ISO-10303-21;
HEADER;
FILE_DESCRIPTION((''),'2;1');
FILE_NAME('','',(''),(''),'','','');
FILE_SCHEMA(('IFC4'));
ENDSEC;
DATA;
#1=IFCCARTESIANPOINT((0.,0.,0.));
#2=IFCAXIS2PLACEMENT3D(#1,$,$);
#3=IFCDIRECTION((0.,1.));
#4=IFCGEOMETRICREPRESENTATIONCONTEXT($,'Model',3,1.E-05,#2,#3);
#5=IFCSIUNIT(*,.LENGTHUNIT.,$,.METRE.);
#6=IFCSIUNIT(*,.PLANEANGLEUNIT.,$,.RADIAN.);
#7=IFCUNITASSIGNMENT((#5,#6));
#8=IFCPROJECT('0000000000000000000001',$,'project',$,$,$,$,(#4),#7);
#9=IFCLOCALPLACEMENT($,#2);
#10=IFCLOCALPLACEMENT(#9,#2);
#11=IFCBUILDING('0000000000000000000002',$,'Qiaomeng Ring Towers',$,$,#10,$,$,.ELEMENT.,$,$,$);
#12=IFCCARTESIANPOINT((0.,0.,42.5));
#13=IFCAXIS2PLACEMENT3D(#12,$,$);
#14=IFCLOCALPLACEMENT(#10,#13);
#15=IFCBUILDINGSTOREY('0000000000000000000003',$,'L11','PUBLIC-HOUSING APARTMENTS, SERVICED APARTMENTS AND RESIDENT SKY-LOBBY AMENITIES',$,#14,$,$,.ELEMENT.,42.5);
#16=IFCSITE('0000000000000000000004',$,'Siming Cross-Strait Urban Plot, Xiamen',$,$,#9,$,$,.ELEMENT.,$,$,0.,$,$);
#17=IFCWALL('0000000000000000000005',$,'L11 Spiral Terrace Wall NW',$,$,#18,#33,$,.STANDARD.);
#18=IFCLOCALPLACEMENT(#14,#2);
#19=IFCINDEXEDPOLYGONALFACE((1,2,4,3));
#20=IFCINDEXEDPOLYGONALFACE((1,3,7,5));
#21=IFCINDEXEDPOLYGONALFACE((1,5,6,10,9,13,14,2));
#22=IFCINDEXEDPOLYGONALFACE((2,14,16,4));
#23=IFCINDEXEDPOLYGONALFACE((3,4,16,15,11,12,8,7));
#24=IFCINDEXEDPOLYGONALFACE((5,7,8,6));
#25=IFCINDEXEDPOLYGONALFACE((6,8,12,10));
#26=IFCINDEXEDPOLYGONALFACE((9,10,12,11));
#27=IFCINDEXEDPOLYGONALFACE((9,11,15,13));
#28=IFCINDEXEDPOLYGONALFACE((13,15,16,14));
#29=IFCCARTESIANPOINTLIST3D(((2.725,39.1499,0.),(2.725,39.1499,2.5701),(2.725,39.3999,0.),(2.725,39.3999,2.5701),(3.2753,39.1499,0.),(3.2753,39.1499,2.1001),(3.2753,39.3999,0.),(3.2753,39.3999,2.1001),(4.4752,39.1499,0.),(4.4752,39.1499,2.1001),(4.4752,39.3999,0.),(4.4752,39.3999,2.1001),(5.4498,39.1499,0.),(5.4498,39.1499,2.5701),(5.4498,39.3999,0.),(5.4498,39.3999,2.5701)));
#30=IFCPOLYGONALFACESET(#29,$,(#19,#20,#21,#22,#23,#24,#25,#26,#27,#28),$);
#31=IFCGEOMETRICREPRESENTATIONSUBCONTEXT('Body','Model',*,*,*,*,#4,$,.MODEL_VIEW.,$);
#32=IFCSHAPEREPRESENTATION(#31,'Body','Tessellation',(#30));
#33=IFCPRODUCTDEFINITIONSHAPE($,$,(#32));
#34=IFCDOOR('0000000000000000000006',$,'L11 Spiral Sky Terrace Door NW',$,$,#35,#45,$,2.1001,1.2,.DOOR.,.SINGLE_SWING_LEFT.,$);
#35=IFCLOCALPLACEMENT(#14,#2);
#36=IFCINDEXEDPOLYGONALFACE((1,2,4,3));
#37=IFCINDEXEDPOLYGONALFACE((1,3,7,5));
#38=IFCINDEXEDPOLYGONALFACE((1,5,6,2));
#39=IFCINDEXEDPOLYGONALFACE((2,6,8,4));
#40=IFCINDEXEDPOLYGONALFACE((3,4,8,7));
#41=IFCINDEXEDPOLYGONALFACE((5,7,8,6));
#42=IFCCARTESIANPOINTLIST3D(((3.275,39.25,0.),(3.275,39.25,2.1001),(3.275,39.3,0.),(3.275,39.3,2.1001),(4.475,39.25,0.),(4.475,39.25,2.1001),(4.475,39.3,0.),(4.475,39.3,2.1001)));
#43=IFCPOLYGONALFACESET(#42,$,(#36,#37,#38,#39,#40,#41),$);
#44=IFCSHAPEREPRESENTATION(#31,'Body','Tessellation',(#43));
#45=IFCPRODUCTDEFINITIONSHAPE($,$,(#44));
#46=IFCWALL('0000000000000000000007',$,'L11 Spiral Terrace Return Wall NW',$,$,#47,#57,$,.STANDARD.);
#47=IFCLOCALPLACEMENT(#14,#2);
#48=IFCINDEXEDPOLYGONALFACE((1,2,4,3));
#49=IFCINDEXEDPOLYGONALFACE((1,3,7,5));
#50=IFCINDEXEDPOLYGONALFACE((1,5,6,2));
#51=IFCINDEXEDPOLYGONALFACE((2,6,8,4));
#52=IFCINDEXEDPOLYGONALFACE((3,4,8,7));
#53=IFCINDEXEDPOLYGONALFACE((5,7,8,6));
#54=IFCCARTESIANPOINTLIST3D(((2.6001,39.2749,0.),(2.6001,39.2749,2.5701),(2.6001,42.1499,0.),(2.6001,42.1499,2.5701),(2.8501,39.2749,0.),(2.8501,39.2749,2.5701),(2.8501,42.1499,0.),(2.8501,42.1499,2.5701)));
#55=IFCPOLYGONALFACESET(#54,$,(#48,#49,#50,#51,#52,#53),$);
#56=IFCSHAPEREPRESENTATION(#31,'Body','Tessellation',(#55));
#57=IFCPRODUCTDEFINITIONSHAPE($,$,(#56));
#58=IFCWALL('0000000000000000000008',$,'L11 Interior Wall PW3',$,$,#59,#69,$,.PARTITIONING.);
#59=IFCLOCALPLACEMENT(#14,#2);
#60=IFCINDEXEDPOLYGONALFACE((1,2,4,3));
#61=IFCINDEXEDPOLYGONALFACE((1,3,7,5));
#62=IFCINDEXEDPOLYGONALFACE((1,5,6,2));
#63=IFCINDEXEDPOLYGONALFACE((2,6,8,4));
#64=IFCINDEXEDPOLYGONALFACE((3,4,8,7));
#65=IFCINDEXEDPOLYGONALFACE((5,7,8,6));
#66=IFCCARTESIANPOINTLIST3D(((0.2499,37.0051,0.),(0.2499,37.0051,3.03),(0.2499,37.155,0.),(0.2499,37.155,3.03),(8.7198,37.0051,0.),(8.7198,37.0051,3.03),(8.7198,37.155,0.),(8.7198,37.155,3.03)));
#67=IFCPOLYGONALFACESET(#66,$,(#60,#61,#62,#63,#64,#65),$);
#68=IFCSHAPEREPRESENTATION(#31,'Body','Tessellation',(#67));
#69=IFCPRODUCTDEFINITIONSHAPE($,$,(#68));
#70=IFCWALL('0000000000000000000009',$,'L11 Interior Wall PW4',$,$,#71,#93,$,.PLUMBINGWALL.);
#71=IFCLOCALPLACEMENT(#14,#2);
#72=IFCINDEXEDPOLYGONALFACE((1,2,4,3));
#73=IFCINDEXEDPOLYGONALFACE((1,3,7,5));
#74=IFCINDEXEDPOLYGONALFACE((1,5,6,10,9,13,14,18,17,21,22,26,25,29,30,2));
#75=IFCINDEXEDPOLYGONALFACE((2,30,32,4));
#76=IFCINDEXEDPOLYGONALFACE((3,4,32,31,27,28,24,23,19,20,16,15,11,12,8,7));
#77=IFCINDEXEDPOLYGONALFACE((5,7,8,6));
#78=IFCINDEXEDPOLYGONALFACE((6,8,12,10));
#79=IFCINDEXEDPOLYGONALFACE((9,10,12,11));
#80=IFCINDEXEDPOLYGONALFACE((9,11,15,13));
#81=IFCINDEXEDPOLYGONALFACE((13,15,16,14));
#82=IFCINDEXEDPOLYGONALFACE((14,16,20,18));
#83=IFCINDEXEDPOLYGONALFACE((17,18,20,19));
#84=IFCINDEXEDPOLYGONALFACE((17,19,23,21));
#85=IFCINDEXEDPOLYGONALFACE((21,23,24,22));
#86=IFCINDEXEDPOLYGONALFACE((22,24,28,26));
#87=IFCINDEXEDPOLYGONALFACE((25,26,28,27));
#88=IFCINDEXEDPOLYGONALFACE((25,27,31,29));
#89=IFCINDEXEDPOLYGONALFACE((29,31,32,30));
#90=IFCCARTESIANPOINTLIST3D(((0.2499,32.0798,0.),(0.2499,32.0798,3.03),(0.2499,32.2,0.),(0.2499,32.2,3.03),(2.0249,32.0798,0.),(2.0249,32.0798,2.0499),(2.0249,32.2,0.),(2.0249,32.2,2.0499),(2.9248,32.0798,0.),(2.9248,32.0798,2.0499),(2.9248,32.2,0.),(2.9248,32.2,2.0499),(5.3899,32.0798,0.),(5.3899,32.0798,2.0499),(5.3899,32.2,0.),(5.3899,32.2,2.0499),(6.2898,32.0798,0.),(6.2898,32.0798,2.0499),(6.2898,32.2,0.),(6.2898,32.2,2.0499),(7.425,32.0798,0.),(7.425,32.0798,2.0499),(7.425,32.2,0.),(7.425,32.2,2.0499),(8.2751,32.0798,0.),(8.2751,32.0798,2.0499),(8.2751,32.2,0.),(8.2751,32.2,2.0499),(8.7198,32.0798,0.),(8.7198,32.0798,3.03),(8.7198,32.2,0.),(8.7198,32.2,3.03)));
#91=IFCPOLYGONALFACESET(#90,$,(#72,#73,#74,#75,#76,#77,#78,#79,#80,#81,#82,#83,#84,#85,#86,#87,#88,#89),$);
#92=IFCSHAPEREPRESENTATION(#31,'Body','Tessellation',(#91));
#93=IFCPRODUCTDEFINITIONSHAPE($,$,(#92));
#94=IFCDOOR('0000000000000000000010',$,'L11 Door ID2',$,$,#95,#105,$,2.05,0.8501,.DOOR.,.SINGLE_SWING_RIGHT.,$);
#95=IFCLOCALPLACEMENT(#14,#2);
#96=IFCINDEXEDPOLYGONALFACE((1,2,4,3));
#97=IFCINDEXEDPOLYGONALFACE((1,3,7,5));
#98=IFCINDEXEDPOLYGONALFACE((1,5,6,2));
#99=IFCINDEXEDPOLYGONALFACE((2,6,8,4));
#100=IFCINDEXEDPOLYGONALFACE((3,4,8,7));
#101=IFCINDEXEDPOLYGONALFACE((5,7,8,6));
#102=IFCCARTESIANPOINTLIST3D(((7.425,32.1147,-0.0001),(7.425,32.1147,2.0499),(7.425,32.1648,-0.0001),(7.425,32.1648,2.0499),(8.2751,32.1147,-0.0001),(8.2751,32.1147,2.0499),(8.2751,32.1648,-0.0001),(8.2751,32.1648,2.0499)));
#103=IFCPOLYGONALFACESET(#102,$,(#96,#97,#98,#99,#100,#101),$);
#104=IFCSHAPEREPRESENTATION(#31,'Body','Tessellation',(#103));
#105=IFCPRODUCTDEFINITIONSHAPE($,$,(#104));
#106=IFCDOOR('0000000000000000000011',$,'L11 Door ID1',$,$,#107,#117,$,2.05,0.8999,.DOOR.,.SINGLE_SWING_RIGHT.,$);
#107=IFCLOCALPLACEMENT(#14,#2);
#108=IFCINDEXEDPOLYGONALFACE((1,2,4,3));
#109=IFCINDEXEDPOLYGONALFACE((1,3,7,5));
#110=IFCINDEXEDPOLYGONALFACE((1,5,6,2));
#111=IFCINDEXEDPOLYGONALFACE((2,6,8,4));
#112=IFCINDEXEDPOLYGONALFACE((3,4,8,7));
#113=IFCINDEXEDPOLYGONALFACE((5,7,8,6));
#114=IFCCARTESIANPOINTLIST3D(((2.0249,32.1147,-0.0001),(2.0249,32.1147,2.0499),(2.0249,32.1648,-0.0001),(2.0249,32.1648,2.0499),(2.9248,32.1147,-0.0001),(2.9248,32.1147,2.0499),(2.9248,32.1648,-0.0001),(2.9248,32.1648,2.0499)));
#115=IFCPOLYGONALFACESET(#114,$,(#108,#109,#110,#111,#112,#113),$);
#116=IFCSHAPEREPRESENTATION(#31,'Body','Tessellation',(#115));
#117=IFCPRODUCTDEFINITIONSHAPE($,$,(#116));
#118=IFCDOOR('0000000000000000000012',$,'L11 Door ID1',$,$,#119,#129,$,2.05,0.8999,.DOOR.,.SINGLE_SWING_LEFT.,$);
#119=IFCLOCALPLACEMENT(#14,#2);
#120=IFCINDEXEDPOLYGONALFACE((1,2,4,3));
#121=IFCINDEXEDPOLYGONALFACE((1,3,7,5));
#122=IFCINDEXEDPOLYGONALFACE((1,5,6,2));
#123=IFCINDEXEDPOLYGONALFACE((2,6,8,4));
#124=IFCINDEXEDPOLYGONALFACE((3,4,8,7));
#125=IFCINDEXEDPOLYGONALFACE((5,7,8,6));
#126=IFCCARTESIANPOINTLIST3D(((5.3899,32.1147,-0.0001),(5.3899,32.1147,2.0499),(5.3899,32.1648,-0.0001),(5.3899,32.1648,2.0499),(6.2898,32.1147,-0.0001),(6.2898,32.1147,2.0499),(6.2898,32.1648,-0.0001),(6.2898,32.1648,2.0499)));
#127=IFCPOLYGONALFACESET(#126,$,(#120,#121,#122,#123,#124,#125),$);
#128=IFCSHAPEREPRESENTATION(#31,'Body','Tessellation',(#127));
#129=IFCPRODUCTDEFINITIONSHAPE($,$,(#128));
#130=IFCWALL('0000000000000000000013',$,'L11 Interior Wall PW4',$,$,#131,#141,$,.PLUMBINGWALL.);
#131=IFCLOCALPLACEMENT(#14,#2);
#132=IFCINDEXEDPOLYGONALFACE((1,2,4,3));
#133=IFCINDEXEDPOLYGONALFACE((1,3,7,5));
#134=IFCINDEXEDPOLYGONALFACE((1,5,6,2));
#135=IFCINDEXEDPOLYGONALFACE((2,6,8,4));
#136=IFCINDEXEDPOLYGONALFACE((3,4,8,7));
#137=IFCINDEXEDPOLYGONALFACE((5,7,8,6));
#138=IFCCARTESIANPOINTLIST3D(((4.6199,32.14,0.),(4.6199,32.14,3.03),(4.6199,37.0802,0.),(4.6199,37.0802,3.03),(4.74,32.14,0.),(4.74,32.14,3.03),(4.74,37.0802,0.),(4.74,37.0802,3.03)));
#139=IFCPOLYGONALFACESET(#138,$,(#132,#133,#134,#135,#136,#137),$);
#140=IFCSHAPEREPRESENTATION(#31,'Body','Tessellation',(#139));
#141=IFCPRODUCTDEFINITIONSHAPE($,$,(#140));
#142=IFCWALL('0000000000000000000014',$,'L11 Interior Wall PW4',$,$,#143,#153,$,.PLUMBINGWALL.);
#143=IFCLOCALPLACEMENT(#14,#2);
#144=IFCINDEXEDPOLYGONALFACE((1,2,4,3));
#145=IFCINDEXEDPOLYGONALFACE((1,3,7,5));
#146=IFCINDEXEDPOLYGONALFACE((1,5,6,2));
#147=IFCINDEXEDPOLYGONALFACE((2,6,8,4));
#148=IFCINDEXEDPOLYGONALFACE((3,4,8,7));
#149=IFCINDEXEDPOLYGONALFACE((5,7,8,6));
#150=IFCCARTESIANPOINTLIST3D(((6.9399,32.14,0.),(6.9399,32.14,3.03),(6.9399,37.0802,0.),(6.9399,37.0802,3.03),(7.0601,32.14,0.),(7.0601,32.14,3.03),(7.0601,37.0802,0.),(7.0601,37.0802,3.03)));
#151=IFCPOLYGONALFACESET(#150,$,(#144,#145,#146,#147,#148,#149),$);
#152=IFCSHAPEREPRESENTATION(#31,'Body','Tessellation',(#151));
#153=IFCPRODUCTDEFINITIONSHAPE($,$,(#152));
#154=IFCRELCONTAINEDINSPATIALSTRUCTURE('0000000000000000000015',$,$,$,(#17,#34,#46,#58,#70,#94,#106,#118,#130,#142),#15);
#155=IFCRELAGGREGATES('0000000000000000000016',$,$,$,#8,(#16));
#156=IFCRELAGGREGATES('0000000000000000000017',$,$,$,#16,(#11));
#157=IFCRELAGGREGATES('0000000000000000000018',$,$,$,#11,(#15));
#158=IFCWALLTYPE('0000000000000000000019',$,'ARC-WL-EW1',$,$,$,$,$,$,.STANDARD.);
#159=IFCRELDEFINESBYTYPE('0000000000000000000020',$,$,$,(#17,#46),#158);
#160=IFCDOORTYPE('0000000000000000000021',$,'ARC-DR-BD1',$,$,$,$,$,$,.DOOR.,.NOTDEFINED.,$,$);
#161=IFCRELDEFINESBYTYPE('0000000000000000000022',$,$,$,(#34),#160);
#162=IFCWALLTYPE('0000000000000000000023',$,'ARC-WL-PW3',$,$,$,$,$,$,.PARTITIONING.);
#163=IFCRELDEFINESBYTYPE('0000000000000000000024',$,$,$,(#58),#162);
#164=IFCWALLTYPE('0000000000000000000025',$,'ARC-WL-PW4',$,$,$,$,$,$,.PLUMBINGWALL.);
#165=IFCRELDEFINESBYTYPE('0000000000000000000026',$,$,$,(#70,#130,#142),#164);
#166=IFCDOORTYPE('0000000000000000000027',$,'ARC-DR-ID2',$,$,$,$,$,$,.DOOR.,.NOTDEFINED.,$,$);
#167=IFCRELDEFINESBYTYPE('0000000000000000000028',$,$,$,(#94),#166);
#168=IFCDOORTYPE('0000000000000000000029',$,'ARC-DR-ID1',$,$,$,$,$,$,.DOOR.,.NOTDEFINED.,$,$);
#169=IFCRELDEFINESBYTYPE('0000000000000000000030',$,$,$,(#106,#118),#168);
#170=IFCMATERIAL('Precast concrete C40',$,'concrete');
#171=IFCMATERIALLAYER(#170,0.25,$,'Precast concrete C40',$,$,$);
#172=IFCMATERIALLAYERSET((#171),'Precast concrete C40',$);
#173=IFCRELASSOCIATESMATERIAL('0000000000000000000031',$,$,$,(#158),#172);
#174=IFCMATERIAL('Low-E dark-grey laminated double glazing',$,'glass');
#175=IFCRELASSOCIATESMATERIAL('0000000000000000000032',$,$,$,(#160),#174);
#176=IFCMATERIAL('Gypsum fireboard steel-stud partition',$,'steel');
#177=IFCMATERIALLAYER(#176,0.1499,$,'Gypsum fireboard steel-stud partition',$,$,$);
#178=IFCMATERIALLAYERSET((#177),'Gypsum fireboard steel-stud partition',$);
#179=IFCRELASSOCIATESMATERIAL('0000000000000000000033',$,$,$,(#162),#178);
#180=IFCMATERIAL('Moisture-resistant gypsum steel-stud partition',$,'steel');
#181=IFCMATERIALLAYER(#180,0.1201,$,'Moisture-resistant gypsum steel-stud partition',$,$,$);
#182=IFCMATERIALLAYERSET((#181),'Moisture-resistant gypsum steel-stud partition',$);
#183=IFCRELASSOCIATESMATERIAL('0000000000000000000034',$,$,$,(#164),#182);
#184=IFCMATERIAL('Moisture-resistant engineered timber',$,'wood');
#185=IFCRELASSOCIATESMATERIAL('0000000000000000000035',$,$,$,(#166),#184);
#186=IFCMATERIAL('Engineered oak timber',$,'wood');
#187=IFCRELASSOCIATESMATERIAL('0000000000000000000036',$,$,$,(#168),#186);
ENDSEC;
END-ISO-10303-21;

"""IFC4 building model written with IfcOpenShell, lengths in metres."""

from ifc_helpers import new_model, si_unit, direction, frame, frame_2d, origin, place, context, subcontext, project, spatial, rectangle, extrude, source, transform, mapped, material, layer, layer_set, type_object, element, fill, save


model = new_model("IFC4")

# Units and contexts
model_context = context("Model", 3, precision=1e-05, world=origin(), true_north=direction((0.0, 1.0)))
body_context = subcontext(model_context, "Body", "Model", "MODEL_VIEW")
ifc_project = project(units=[si_unit("LENGTHUNIT", "METRE"), si_unit("PLANEANGLEUNIT", "RADIAN")], contexts=[model_context])

# Site, building, storey
site_placement = place(None, origin())
site = spatial("IfcSite", under=ifc_project, at=site_placement, Name="Siming Cross-Strait Urban Plot, Xiamen", CompositionType="ELEMENT", RefElevation=0.0)
building_placement = place(site_placement, origin())
building = spatial("IfcBuilding", under=site, at=building_placement, Name="Qiaomeng Ring Towers", CompositionType="ELEMENT")
storey_placement = place(building_placement, frame((0.0, 0.0, 42.5)))
storey = spatial("IfcBuildingStorey", under=building, at=storey_placement, Name="L11", Description="PUBLIC-HOUSING APARTMENTS, SERVICED APARTMENTS AND RESIDENT SKY-LOBBY AMENITIES", CompositionType="ELEMENT", Elevation=42.5)

# Shared definitions
ifc_material_1 = material(Name="Precast concrete C40", Category="concrete")
ifc_layer_1 = layer(ifc_material_1, 0.25, Name="Precast concrete C40")
ifc_layer_set_1 = layer_set([ifc_layer_1], Name="Precast concrete C40")
wall_type_1 = type_object("IfcWallType", Name="ARC-WL-EW1", PredefinedType="STANDARD", material=ifc_layer_set_1)
ifc_material_2 = material(Name="Low-E dark-grey laminated double glazing", Category="glass")
door_type_1 = type_object("IfcDoorType", Name="ARC-DR-BD1", OperationType="NOTDEFINED", PredefinedType="DOOR", material=ifc_material_2)
shared_shape_1 = source(origin(), body_context, "Body", "SweptSolid", [
    extrude(rectangle(XDim=1.2, YDim=2.1001, at=frame_2d((0.6001, 1.05))), frame((0.0, 0.0249, 0.0), z_axis=(0.0, -1.0, 0.0), x_axis=(1.0, 0.0, 0.0)), (0.0, 0.0, 1.0), 0.05),
])

# Wall, opening, door
wall_1_placement = place(storey_placement, frame((2.7251, 39.2749, 0.0), z_axis=(0.0, 0.0, 1.0), x_axis=(1.0, 0.0, 0.0)))
wall_1 = element("IfcWall", 1, at=wall_1_placement, inside=storey, type_object=wall_type_1, Name="L11 Spiral Terrace Wall NW", PredefinedType="STANDARD", context=body_context, shape_type="SweptSolid", body=[
    extrude(rectangle(XDim=2.7249, YDim=0.25, at=frame_2d((1.3623, 0.0))), origin(), (0.0, 0.0, 1.0), 2.5701),
])
opening_1_placement = place(wall_1_placement, frame((0.55, 0.0, 0.0)))
opening_1 = element("IfcOpeningElement", 2, at=opening_1_placement, cuts=wall_1, PredefinedType="OPENING", context=body_context, shape_type="SweptSolid", body=[
    extrude(rectangle(XDim=1.2, YDim=2.1001, at=frame_2d((0.6001, 1.05))), frame((0.0, 0.135, 0.0), z_axis=(0.0, -1.0, 0.0), x_axis=(1.0, 0.0, 0.0)), (0.0, 0.0, 1.0), 0.27),
])
door_1_placement = place(opening_1_placement, frame((1.2, 0.0, 0.0), z_axis=(0.0, 0.0, 1.0), x_axis=(-1.0, 0.0, 0.0)))
door_1 = element("IfcDoor", 3, at=door_1_placement, inside=storey, type_object=door_type_1, Name="L11 Spiral Sky Terrace Door NW", OperationType="SINGLE_SWING_LEFT", OverallHeight=2.1001, OverallWidth=1.2, PredefinedType="DOOR", context=body_context, shape_type="MappedRepresentation", body=[
    mapped(shared_shape_1, transform((0.0, 0.0, 0.0), x_axis=(1.0, 0.0, 0.0), y_axis=(0.0, 1.0, 0.0), z_axis=(0.0, 0.0, 1.0), scale=1.0)),
])
fill(opening_1, door_1)

# Walls
wall_2_placement = place(storey_placement, frame((2.7251, 39.2749, 0.0), z_axis=(0.0, 0.0, 1.0), x_axis=(0.0, 1.0, 0.0)))
element("IfcWall", 4, at=wall_2_placement, inside=storey, type_object=wall_type_1, Name="L11 Spiral Terrace Return Wall NW", PredefinedType="STANDARD", context=body_context, shape_type="SweptSolid", body=[
    extrude(rectangle(XDim=2.875, YDim=0.25, at=frame_2d((1.4375, 0.0))), origin(), (0.0, 0.0, 1.0), 2.5701),
])
ifc_material_3 = material(Name="Gypsum fireboard steel-stud partition", Category="steel")
ifc_layer_2 = layer(ifc_material_3, 0.1499, Name="Gypsum fireboard steel-stud partition")
ifc_layer_set_2 = layer_set([ifc_layer_2], Name="Gypsum fireboard steel-stud partition")
wall_type_2 = type_object("IfcWallType", Name="ARC-WL-PW3", PredefinedType="PARTITIONING", material=ifc_layer_set_2)
wall_3_placement = place(storey_placement, frame((0.25, 37.0801, 0.0), z_axis=(0.0, 0.0, 1.0), x_axis=(1.0, 0.0, 0.0)))
element("IfcWall", 5, at=wall_3_placement, inside=storey, type_object=wall_type_2, Name="L11 Interior Wall PW3", PredefinedType="PARTITIONING", context=body_context, shape_type="SweptSolid", body=[
    extrude(rectangle(XDim=8.47, YDim=0.1499, at=frame_2d((4.2349, 0.0))), origin(), (0.0, 0.0, 1.0), 3.03),
])

# Wall, openings, doors
ifc_material_4 = material(Name="Moisture-resistant gypsum steel-stud partition", Category="steel")
ifc_layer_3 = layer(ifc_material_4, 0.1201, Name="Moisture-resistant gypsum steel-stud partition")
ifc_layer_set_3 = layer_set([ifc_layer_3], Name="Moisture-resistant gypsum steel-stud partition")
wall_type_3 = type_object("IfcWallType", Name="ARC-WL-PW4", PredefinedType="PLUMBINGWALL", material=ifc_layer_set_3)
wall_4_placement = place(storey_placement, frame((0.25, 32.1399, 0.0), z_axis=(0.0, 0.0, 1.0), x_axis=(1.0, 0.0, 0.0)))
wall_4 = element("IfcWall", 6, at=wall_4_placement, inside=storey, type_object=wall_type_3, Name="L11 Interior Wall PW4", PredefinedType="PLUMBINGWALL", context=body_context, shape_type="SweptSolid", body=[
    extrude(rectangle(XDim=8.47, YDim=0.1201, at=frame_2d((4.2349, 0.0))), origin(), (0.0, 0.0, 1.0), 3.03),
])
opening_2_placement = place(wall_4_placement, frame((1.7749, 0.0, 0.0)))
opening_2 = element("IfcOpeningElement", 7, at=opening_2_placement, cuts=wall_4, PredefinedType="OPENING", context=body_context, shape_type="SweptSolid", body=[
    extrude(rectangle(XDim=0.8999, YDim=2.05, at=frame_2d((0.45, 1.0249))), frame((0.0, 0.0701, 0.0), z_axis=(0.0, -1.0, 0.0), x_axis=(1.0, 0.0, 0.0)), (0.0, 0.0, 1.0), 0.1401),
])
opening_3_placement = place(wall_4_placement, frame((5.1399, 0.0, 0.0)))
opening_3 = element("IfcOpeningElement", 8, at=opening_3_placement, cuts=wall_4, PredefinedType="OPENING", context=body_context, shape_type="SweptSolid", body=[
    extrude(rectangle(XDim=0.8999, YDim=2.05, at=frame_2d((0.45, 1.0249))), frame((0.0, 0.0701, 0.0), z_axis=(0.0, -1.0, 0.0), x_axis=(1.0, 0.0, 0.0)), (0.0, 0.0, 1.0), 0.1401),
])
opening_4_placement = place(wall_4_placement, frame((7.175, 0.0, 0.0)))
opening_4 = element("IfcOpeningElement", 9, at=opening_4_placement, cuts=wall_4, PredefinedType="OPENING", context=body_context, shape_type="SweptSolid", body=[
    extrude(rectangle(XDim=0.8501, YDim=2.05, at=frame_2d((0.425, 1.0249))), frame((0.0, 0.0701, 0.0), z_axis=(0.0, -1.0, 0.0), x_axis=(1.0, 0.0, 0.0)), (0.0, 0.0, 1.0), 0.1401),
])
ifc_material_5 = material(Name="Moisture-resistant engineered timber", Category="wood")
door_type_2 = type_object("IfcDoorType", Name="ARC-DR-ID2", OperationType="NOTDEFINED", PredefinedType="DOOR", material=ifc_material_5)
shared_shape_2 = source(origin(), body_context, "Body", "SweptSolid", [
    extrude(rectangle(XDim=0.8501, YDim=2.05, at=frame_2d((0.425, 1.0249))), frame((0.0, 0.0249, 0.0), z_axis=(0.0, -1.0, 0.0), x_axis=(1.0, 0.0, 0.0)), (0.0, 0.0, 1.0), 0.05),
])
door_2_placement = place(opening_4_placement, origin())
door_2 = element("IfcDoor", 10, at=door_2_placement, inside=storey, type_object=door_type_2, Name="L11 Door ID2", OperationType="SINGLE_SWING_RIGHT", OverallHeight=2.05, OverallWidth=0.8501, PredefinedType="DOOR", context=body_context, shape_type="MappedRepresentation", body=[
    mapped(shared_shape_2, transform((0.0, 0.0, 0.0), x_axis=(1.0, 0.0, 0.0), y_axis=(0.0, 1.0, 0.0), z_axis=(0.0, 0.0, 1.0), scale=1.0)),
])
fill(opening_4, door_2)
ifc_material_6 = material(Name="Engineered oak timber", Category="wood")
door_type_3 = type_object("IfcDoorType", Name="ARC-DR-ID1", OperationType="NOTDEFINED", PredefinedType="DOOR", material=ifc_material_6)
shared_shape_3 = source(origin(), body_context, "Body", "SweptSolid", [
    extrude(rectangle(XDim=0.8999, YDim=2.05, at=frame_2d((0.45, 1.0249))), frame((0.0, 0.0249, 0.0), z_axis=(0.0, -1.0, 0.0), x_axis=(1.0, 0.0, 0.0)), (0.0, 0.0, 1.0), 0.05),
])
door_3_placement = place(opening_2_placement, origin())
door_3 = element("IfcDoor", 11, at=door_3_placement, inside=storey, type_object=door_type_3, Name="L11 Door ID1", OperationType="SINGLE_SWING_RIGHT", OverallHeight=2.05, OverallWidth=0.8999, PredefinedType="DOOR", context=body_context, shape_type="MappedRepresentation", body=[
    mapped(shared_shape_3, transform((0.0, 0.0, 0.0), x_axis=(1.0, 0.0, 0.0), y_axis=(0.0, 1.0, 0.0), z_axis=(0.0, 0.0, 1.0), scale=1.0)),
])
fill(opening_2, door_3)
door_4_placement = place(opening_3_placement, origin())
door_4 = element("IfcDoor", 12, at=door_4_placement, inside=storey, type_object=door_type_3, Name="L11 Door ID1", OperationType="SINGLE_SWING_LEFT", OverallHeight=2.05, OverallWidth=0.8999, PredefinedType="DOOR", context=body_context, shape_type="MappedRepresentation", body=[
    mapped(shared_shape_3, transform((0.0, 0.0, 0.0), x_axis=(1.0, 0.0, 0.0), y_axis=(0.0, 1.0, 0.0), z_axis=(0.0, 0.0, 1.0), scale=1.0)),
])
fill(opening_3, door_4)

# Walls
for number, where, z_axis, x_axis, name in (
    (13, (4.6799, 32.1399, 0.0), (0.0, 0.0, 1.0), (0.0, 1.0, 0.0), "L11 Interior Wall PW4"),
    (14, (7.0, 32.1399, 0.0), (0.0, 0.0, 1.0), (0.0, 1.0, 0.0), "L11 Interior Wall PW4"),
):
    element("IfcWall", number, at=place(storey_placement, frame(where, z_axis=z_axis, x_axis=x_axis)), inside=storey, type_object=wall_type_3, Name=name, PredefinedType="PLUMBINGWALL", context=body_context, shape_type="SweptSolid", body=[
        extrude(rectangle(XDim=4.9402, YDim=0.1201, at=frame_2d((2.4702, 0.0))), origin(), (0.0, 0.0, 1.0), 3.03),
    ])

save(model, "model.ifc")
